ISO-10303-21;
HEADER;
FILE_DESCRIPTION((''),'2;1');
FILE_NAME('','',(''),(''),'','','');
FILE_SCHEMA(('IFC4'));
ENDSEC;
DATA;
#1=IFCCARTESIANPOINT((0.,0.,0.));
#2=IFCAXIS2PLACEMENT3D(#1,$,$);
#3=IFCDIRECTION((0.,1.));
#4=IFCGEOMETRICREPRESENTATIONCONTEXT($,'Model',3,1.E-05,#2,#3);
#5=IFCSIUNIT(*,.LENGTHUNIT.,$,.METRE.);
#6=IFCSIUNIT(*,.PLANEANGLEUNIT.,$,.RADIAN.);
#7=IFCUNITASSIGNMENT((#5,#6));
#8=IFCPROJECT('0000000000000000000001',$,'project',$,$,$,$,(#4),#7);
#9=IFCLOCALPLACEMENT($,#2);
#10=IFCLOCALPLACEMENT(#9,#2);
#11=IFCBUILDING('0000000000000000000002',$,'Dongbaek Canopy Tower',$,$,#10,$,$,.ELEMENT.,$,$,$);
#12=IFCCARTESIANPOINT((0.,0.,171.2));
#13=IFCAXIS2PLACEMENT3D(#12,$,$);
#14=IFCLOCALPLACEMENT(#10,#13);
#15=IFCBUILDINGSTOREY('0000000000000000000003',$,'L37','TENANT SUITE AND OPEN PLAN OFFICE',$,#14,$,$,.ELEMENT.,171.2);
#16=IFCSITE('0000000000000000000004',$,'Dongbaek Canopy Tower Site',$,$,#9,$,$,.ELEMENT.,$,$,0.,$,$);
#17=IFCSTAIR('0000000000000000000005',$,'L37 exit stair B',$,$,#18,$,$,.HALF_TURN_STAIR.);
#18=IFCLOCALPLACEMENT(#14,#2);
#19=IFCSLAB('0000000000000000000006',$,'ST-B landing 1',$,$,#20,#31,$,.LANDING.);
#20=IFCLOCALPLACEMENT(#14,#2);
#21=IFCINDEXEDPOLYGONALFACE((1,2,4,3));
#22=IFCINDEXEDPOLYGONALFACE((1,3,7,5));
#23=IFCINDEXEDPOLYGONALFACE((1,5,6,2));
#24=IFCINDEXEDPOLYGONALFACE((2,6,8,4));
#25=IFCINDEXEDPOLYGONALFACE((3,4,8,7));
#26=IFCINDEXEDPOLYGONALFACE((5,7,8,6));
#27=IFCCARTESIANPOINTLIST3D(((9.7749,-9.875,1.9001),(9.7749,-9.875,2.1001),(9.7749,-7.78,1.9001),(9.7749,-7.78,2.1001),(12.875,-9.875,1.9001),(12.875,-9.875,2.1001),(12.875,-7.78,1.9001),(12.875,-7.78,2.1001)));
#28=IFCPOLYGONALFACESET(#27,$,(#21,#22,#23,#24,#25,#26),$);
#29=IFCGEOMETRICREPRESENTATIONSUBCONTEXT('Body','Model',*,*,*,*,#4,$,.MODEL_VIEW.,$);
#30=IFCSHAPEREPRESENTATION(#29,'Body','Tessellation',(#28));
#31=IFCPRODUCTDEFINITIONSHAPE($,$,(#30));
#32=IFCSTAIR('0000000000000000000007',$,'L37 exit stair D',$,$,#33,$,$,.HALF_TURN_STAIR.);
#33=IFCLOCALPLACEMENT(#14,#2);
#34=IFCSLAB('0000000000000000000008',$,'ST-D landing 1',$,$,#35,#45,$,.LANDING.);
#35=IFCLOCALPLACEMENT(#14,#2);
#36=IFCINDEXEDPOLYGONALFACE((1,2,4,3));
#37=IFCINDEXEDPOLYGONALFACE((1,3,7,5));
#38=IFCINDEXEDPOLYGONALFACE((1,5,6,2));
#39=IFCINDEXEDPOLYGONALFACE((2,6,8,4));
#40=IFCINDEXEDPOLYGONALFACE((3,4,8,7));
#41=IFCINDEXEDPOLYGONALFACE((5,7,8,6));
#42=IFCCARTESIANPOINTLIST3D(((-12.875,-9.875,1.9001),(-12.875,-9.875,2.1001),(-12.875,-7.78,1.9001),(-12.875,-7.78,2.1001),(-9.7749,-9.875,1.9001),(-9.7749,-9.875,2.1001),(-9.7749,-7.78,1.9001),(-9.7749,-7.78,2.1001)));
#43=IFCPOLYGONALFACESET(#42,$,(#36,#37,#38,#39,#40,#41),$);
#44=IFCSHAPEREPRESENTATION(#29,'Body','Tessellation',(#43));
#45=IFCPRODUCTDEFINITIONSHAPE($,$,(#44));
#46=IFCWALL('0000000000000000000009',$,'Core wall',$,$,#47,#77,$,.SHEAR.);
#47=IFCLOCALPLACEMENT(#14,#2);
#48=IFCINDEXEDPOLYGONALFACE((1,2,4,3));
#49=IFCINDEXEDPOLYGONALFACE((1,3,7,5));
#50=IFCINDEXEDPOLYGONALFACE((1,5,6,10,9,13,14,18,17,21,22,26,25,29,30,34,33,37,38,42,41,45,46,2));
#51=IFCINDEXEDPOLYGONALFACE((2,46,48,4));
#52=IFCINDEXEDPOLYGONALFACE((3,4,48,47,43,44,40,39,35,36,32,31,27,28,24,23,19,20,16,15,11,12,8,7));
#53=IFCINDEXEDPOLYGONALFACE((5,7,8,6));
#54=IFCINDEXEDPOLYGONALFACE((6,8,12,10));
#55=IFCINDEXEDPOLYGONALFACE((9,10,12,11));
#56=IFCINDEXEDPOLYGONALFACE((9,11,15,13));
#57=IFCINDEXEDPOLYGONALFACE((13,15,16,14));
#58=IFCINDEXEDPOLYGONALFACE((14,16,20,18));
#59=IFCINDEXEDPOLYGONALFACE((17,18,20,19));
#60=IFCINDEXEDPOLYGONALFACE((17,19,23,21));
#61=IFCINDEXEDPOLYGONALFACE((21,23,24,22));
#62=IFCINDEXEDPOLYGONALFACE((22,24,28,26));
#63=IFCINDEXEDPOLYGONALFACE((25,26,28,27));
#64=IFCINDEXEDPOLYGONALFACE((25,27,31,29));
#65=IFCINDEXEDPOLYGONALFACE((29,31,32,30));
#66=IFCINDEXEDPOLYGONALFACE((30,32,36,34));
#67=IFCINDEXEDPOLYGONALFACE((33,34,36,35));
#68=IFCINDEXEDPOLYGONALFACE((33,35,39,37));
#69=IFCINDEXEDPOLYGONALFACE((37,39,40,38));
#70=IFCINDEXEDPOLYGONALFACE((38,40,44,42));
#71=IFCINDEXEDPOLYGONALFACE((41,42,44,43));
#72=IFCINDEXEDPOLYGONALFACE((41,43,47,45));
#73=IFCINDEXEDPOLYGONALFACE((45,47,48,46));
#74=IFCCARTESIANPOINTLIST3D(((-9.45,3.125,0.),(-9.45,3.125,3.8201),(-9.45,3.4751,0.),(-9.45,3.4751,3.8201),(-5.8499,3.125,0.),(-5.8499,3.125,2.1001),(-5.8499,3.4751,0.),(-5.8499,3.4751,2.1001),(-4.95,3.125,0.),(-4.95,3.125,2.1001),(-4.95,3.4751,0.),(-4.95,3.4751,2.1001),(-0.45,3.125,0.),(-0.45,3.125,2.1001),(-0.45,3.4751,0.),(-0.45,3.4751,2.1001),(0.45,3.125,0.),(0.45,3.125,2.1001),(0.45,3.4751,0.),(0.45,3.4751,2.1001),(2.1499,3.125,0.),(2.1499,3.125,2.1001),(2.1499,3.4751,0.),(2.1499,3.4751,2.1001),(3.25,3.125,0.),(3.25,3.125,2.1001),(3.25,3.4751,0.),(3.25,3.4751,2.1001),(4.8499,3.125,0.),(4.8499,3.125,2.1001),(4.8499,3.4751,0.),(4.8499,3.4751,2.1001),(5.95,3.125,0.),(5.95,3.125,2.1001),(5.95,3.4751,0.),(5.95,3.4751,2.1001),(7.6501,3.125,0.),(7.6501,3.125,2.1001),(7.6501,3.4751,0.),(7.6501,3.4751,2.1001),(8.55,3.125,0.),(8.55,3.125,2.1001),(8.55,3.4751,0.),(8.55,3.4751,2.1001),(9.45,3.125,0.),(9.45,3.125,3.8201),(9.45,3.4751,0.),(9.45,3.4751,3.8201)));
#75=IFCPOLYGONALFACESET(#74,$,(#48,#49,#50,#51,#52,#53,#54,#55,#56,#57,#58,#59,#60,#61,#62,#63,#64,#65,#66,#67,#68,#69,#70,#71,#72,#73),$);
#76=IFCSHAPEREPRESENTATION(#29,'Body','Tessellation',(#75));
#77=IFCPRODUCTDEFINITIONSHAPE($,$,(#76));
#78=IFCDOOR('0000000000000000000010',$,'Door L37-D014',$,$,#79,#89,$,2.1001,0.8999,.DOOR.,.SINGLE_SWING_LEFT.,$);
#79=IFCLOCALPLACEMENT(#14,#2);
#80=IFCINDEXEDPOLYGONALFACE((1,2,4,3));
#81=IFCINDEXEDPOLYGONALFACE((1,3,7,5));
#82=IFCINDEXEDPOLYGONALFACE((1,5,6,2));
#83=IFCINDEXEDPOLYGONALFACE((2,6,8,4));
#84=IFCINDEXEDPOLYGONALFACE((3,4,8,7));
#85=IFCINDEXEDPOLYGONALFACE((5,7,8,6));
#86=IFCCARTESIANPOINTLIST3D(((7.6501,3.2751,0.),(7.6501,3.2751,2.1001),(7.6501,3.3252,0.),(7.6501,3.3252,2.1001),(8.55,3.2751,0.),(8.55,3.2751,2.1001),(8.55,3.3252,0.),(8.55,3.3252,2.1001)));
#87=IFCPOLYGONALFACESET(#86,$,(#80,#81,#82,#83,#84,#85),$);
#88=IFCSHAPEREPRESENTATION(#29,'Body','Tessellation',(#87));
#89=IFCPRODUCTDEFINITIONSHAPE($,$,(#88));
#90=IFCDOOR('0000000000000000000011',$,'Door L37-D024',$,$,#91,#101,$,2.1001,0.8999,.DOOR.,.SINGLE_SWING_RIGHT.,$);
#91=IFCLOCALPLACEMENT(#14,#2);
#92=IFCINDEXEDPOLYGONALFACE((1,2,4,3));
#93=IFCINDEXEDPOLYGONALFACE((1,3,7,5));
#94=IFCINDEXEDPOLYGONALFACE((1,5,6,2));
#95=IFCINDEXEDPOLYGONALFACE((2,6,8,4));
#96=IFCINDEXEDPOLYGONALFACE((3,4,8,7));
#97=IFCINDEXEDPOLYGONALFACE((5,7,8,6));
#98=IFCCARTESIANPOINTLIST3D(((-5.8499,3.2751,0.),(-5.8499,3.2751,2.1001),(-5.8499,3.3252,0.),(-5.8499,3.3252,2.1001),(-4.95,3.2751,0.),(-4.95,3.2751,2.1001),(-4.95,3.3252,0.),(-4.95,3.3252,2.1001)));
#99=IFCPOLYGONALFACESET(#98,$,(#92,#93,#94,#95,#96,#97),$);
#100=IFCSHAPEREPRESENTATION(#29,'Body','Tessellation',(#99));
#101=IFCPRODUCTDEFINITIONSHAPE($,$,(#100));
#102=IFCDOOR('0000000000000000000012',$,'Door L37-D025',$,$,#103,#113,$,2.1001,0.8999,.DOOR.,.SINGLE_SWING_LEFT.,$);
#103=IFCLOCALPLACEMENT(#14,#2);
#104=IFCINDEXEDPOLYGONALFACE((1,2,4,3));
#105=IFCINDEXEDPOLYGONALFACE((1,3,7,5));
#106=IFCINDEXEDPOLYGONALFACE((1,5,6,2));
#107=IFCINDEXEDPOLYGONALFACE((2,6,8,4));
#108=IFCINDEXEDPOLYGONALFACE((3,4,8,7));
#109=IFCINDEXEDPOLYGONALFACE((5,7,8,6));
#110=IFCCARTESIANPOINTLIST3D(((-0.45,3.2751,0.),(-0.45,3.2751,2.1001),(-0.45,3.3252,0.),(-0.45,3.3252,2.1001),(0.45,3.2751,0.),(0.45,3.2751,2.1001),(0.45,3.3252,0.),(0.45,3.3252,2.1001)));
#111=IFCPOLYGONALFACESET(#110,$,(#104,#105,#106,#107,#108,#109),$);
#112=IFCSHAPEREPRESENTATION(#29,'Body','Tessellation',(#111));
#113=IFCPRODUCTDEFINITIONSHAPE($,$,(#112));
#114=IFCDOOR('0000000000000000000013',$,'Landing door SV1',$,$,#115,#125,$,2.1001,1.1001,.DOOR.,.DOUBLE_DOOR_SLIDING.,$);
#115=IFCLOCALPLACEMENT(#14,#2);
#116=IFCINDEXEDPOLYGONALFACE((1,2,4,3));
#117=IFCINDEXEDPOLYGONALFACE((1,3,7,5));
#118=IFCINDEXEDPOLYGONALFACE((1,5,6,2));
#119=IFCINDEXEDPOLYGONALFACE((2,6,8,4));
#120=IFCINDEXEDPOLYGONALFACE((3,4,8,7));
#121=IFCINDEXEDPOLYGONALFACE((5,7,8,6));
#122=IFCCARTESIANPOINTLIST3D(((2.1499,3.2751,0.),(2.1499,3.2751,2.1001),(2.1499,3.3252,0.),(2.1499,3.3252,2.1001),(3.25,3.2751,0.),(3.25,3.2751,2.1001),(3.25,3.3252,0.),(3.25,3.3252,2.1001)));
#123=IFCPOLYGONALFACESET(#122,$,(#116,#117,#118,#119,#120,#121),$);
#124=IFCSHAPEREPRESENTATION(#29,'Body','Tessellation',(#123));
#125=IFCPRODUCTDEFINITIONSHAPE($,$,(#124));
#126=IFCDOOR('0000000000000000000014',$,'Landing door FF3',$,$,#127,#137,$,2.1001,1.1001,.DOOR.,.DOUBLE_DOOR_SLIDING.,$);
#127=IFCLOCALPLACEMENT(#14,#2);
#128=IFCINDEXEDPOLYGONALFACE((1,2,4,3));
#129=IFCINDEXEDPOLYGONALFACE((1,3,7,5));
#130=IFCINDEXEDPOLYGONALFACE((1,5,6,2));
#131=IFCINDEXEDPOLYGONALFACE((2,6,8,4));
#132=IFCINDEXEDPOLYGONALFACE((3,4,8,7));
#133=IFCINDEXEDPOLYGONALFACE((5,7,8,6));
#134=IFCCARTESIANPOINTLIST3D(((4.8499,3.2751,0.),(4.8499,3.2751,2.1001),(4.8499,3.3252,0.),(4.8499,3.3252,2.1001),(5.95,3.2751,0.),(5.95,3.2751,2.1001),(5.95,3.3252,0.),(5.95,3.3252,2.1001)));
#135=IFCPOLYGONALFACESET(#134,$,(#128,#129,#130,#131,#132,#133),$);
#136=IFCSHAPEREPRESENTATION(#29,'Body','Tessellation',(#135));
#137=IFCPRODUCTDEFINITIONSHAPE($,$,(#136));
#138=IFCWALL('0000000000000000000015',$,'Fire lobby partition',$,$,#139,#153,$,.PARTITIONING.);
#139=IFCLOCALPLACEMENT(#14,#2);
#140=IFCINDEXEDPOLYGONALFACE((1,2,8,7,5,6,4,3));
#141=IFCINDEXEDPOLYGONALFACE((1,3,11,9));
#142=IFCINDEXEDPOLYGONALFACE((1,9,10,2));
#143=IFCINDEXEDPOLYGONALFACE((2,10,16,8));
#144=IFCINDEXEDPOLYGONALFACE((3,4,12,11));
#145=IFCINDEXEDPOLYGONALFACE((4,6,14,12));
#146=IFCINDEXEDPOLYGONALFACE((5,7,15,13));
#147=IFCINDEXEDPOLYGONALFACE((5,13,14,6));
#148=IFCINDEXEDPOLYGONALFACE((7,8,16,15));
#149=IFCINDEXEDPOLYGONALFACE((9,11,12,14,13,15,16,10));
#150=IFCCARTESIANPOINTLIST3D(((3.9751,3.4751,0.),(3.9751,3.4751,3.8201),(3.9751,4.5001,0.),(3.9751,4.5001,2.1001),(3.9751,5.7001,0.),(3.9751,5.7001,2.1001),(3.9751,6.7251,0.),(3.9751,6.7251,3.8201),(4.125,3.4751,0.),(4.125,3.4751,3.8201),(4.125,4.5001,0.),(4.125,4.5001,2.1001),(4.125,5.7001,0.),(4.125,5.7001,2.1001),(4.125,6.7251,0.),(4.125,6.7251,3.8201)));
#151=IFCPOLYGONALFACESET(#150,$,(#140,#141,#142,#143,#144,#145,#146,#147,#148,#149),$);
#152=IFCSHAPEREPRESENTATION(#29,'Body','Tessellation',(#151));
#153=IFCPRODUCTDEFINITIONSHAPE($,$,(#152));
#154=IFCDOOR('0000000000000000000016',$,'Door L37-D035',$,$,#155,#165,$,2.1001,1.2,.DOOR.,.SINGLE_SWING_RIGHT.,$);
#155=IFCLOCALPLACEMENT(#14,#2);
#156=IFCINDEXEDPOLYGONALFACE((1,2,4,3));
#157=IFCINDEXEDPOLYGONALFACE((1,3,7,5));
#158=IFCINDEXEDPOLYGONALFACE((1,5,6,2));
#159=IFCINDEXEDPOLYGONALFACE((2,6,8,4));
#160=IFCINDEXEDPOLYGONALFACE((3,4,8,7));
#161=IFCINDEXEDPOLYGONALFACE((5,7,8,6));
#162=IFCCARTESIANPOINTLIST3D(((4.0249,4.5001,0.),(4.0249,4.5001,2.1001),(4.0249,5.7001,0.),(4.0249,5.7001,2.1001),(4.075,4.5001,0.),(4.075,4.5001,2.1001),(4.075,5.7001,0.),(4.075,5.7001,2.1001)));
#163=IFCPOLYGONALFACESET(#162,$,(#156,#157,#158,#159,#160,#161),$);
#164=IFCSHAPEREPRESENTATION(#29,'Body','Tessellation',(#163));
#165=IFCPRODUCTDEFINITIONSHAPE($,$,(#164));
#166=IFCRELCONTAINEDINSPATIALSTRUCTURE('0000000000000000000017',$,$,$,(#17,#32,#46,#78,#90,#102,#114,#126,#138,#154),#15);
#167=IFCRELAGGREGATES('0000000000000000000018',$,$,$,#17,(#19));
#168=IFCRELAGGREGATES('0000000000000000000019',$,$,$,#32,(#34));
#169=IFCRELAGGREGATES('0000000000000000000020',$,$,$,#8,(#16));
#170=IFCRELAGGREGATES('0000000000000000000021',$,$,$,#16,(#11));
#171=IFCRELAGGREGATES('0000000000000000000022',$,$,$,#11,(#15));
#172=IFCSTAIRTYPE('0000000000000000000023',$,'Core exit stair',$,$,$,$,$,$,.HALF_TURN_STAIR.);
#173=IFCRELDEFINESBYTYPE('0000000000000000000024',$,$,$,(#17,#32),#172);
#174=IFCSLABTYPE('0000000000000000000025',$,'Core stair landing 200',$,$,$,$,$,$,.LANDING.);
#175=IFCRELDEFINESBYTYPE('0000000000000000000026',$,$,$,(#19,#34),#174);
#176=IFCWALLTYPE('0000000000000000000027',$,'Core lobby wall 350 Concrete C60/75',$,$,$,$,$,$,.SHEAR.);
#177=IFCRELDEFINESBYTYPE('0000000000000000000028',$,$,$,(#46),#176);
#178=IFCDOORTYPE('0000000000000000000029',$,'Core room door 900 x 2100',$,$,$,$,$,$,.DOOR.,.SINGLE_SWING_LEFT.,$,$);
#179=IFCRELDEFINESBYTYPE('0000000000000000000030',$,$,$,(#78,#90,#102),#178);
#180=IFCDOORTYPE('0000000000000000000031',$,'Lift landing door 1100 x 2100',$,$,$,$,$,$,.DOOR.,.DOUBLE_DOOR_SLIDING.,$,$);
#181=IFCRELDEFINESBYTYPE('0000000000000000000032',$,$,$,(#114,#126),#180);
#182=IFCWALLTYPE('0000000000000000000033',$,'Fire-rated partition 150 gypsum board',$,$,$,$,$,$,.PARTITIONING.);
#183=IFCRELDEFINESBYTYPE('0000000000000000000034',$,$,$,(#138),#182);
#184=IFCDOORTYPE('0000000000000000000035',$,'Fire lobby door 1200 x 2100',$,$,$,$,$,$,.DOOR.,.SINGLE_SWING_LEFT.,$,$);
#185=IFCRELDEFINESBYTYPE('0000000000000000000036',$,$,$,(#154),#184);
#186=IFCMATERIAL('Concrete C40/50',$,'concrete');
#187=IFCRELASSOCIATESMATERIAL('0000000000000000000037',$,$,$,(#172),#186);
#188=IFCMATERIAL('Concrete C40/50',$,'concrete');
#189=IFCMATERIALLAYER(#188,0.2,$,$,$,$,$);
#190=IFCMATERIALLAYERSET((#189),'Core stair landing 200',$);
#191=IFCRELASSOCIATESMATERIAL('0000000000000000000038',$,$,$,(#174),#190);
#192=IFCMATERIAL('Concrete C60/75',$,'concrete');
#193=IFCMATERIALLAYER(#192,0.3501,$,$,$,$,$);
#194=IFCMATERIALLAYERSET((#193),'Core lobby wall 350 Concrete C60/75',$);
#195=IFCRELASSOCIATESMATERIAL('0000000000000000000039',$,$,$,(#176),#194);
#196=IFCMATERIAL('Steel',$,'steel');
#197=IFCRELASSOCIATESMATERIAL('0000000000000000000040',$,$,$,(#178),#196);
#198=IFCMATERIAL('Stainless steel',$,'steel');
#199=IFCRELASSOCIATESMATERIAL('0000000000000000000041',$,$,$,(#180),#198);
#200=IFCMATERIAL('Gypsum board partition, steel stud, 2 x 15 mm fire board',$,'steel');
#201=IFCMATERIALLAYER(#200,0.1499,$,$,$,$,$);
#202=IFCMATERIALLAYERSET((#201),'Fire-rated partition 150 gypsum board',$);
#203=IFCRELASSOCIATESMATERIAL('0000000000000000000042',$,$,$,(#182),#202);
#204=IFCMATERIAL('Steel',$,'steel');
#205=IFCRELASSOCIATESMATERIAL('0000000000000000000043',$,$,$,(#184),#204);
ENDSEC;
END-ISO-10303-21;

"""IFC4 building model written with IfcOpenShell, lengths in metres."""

from ifc_helpers import new_model, si_unit, direction, frame, frame_2d, origin, place, context, subcontext, project, spatial, polyline, rectangle, outline, extrude, material, layer, layer_set, type_object, element, fill, aggregate, save


model = new_model("IFC4")

# Units and contexts
model_context = context("Model", 3, precision=1e-05, world=origin(), true_north=direction((0.0, 1.0)))
body_context = subcontext(model_context, "Body", "Model", "MODEL_VIEW")
ifc_project = project(units=[si_unit("LENGTHUNIT", "METRE"), si_unit("PLANEANGLEUNIT", "RADIAN")], contexts=[model_context])

# Site, building, storey
site_placement = place(None, origin())
site = spatial("IfcSite", under=ifc_project, at=site_placement, Name="Dongbaek Canopy Tower Site", CompositionType="ELEMENT", RefElevation=0.0)
building_placement = place(site_placement, origin())
building = spatial("IfcBuilding", under=site, at=building_placement, Name="Dongbaek Canopy Tower", CompositionType="ELEMENT")
storey_placement = place(building_placement, frame((0.0, 0.0, 171.2)))
storey = spatial("IfcBuildingStorey", under=building, at=storey_placement, Name="L37", Description="TENANT SUITE AND OPEN PLAN OFFICE", CompositionType="ELEMENT", Elevation=171.2)

# Stairs, slabs
ifc_material_1 = material(Name="Concrete C40/50", Category="concrete")
stair_type = type_object("IfcStairType", Name="Core exit stair", PredefinedType="HALF_TURN_STAIR", material=ifc_material_1)
stair_1_placement = place(storey_placement, origin())
stair_1 = element("IfcStair", 1, at=stair_1_placement, inside=storey, type_object=stair_type, Name="L37 exit stair B", PredefinedType="HALF_TURN_STAIR")
ifc_material_2 = material(Name="Concrete C40/50", Category="concrete")
ifc_layer_1 = layer(ifc_material_2, 0.2)
ifc_layer_set_1 = layer_set([ifc_layer_1], Name="Core stair landing 200")
slab_type = type_object("IfcSlabType", Name="Core stair landing 200", PredefinedType="LANDING", material=ifc_layer_set_1)
slab_1_placement = place(storey_placement, frame((0.0, 0.0, 1.9001)))
slab_1 = element("IfcSlab", 2, at=slab_1_placement, type_object=slab_type, Name="ST-B landing 1", PredefinedType="LANDING", context=body_context, shape_type="SweptSolid", body=[
    extrude(outline(polyline([(9.7749, -7.78), (9.7749, -9.875), (12.875, -9.875), (12.875, -7.78), (9.7749, -7.78)])), origin(), (0.0, 0.0, 1.0), 0.2),
])
aggregate(stair_1, [slab_1])
stair_2_placement = place(storey_placement, origin())
stair_2 = element("IfcStair", 3, at=stair_2_placement, inside=storey, type_object=stair_type, Name="L37 exit stair D", PredefinedType="HALF_TURN_STAIR")
slab_2_placement = place(storey_placement, frame((0.0, 0.0, 1.9001)))
slab_2 = element("IfcSlab", 4, at=slab_2_placement, type_object=slab_type, Name="ST-D landing 1", PredefinedType="LANDING", context=body_context, shape_type="SweptSolid", body=[
    extrude(outline(polyline([(-12.875, -7.78), (-12.875, -9.875), (-9.7749, -9.875), (-9.7749, -7.78), (-12.875, -7.78)])), origin(), (0.0, 0.0, 1.0), 0.2),
])
aggregate(stair_2, [slab_2])

# Wall, openings, doors
ifc_material_3 = material(Name="Concrete C60/75", Category="concrete")
ifc_layer_2 = layer(ifc_material_3, 0.3501)
ifc_layer_set_2 = layer_set([ifc_layer_2], Name="Core lobby wall 350 Concrete C60/75")
wall_type_1 = type_object("IfcWallType", Name="Core lobby wall 350 Concrete C60/75", PredefinedType="SHEAR", material=ifc_layer_set_2)
wall_1_placement = place(storey_placement, frame((9.45, 3.3, 0.0), z_axis=(0.0, 0.0, 1.0), x_axis=(-1.0, 0.0, 0.0)))
wall_1 = element("IfcWall", 5, at=wall_1_placement, inside=storey, type_object=wall_type_1, Name="Core wall", PredefinedType="SHEAR", context=body_context, shape_type="SweptSolid", body=[
    extrude(rectangle(XDim=18.8999, YDim=0.3501, at=frame_2d((9.45, 0.0))), origin(), (0.0, 0.0, 1.0), 3.8201),
])
opening_1_placement = place(wall_1_placement, frame((6.2, 0.0, 0.0)))
opening_1 = element("IfcOpeningElement", 6, at=opening_1_placement, cuts=wall_1, PredefinedType="OPENING", context=body_context, shape_type="SweptSolid", body=[
    extrude(rectangle(XDim=1.1001, YDim=2.1001, at=frame_2d((0.55, 1.05))), frame((0.0, 0.1851, 0.0), z_axis=(0.0, -1.0, 0.0), x_axis=(1.0, 0.0, 0.0)), (0.0, 0.0, 1.0), 0.3701),
])
opening_2_placement = place(wall_1_placement, frame((3.5, 0.0, 0.0)))
opening_2 = element("IfcOpeningElement", 7, at=opening_2_placement, cuts=wall_1, PredefinedType="OPENING", context=body_context, shape_type="SweptSolid", body=[
    extrude(rectangle(XDim=1.1001, YDim=2.1001, at=frame_2d((0.55, 1.05))), frame((0.0, 0.1851, 0.0), z_axis=(0.0, -1.0, 0.0), x_axis=(1.0, 0.0, 0.0)), (0.0, 0.0, 1.0), 0.3701),
])
opening_3_placement = place(wall_1_placement, frame((0.8999, 0.0, 0.0)))
opening_3 = element("IfcOpeningElement", 8, at=opening_3_placement, cuts=wall_1, PredefinedType="OPENING", context=body_context, shape_type="SweptSolid", body=[
    extrude(rectangle(XDim=0.8999, YDim=2.1001, at=frame_2d((0.45, 1.05))), frame((0.0, 0.1851, 0.0), z_axis=(0.0, -1.0, 0.0), x_axis=(1.0, 0.0, 0.0)), (0.0, 0.0, 1.0), 0.3701),
])
opening_4_placement = place(wall_1_placement, frame((14.3999, 0.0, 0.0)))
opening_4 = element("IfcOpeningElement", 9, at=opening_4_placement, cuts=wall_1, PredefinedType="OPENING", context=body_context, shape_type="SweptSolid", body=[
    extrude(rectangle(XDim=0.8999, YDim=2.1001, at=frame_2d((0.45, 1.05))), frame((0.0, 0.1851, 0.0), z_axis=(0.0, -1.0, 0.0), x_axis=(1.0, 0.0, 0.0)), (0.0, 0.0, 1.0), 0.3701),
])
opening_5_placement = place(wall_1_placement, frame((9.0, 0.0, 0.0)))
opening_5 = element("IfcOpeningElement", 10, at=opening_5_placement, cuts=wall_1, PredefinedType="OPENING", context=body_context, shape_type="SweptSolid", body=[
    extrude(rectangle(XDim=0.8999, YDim=2.1001, at=frame_2d((0.45, 1.05))), frame((0.0, 0.1851, 0.0), z_axis=(0.0, -1.0, 0.0), x_axis=(1.0, 0.0, 0.0)), (0.0, 0.0, 1.0), 0.3701),
])
ifc_material_4 = material(Name="Steel", Category="steel")
door_type_1 = type_object("IfcDoorType", Name="Core room door 900 x 2100", OperationType="SINGLE_SWING_LEFT", PredefinedType="DOOR", material=ifc_material_4)
door_1_placement = place(opening_3_placement, origin())
door_1 = element("IfcDoor", 11, at=door_1_placement, inside=storey, type_object=door_type_1, Name="Door L37-D014", OperationType="SINGLE_SWING_LEFT", OverallHeight=2.1001, OverallWidth=0.8999, PredefinedType="DOOR", context=body_context, shape_type="SweptSolid", body=[
    extrude(rectangle(XDim=0.8999, YDim=2.1001, at=frame_2d((0.45, 1.05))), frame((0.0, 0.0249, 0.0), z_axis=(0.0, -1.0, 0.0), x_axis=(1.0, 0.0, 0.0)), (0.0, 0.0, 1.0), 0.05),
])
fill(opening_3, door_1)
door_2_placement = place(opening_4_placement, origin())
door_2 = element("IfcDoor", 12, at=door_2_placement, inside=storey, type_object=door_type_1, Name="Door L37-D024", OperationType="SINGLE_SWING_RIGHT", OverallHeight=2.1001, OverallWidth=0.8999, PredefinedType="DOOR", context=body_context, shape_type="SweptSolid", body=[
    extrude(rectangle(XDim=0.8999, YDim=2.1001, at=frame_2d((0.45, 1.05))), frame((0.0, 0.0249, 0.0), z_axis=(0.0, -1.0, 0.0), x_axis=(1.0, 0.0, 0.0)), (0.0, 0.0, 1.0), 0.05),
])
fill(opening_4, door_2)
door_3_placement = place(opening_5_placement, origin())
door_3 = element("IfcDoor", 13, at=door_3_placement, inside=storey, type_object=door_type_1, Name="Door L37-D025", OperationType="SINGLE_SWING_LEFT", OverallHeight=2.1001, OverallWidth=0.8999, PredefinedType="DOOR", context=body_context, shape_type="SweptSolid", body=[
    extrude(rectangle(XDim=0.8999, YDim=2.1001, at=frame_2d((0.45, 1.05))), frame((0.0, 0.0249, 0.0), z_axis=(0.0, -1.0, 0.0), x_axis=(1.0, 0.0, 0.0)), (0.0, 0.0, 1.0), 0.05),
])
fill(opening_5, door_3)
ifc_material_5 = material(Name="Stainless steel", Category="steel")
door_type_2 = type_object("IfcDoorType", Name="Lift landing door 1100 x 2100", OperationType="DOUBLE_DOOR_SLIDING", PredefinedType="DOOR", material=ifc_material_5)
door_4_placement = place(opening_1_placement, origin())
door_4 = element("IfcDoor", 14, at=door_4_placement, inside=storey, type_object=door_type_2, Name="Landing door SV1", OperationType="DOUBLE_DOOR_SLIDING", OverallHeight=2.1001, OverallWidth=1.1001, PredefinedType="DOOR", context=body_context, shape_type="SweptSolid", body=[
    extrude(rectangle(XDim=1.1001, YDim=2.1001, at=frame_2d((0.55, 1.05))), frame((0.0, 0.0249, 0.0), z_axis=(0.0, -1.0, 0.0), x_axis=(1.0, 0.0, 0.0)), (0.0, 0.0, 1.0), 0.05),
])
fill(opening_1, door_4)
door_5_placement = place(opening_2_placement, origin())
door_5 = element("IfcDoor", 15, at=door_5_placement, inside=storey, type_object=door_type_2, Name="Landing door FF3", OperationType="DOUBLE_DOOR_SLIDING", OverallHeight=2.1001, OverallWidth=1.1001, PredefinedType="DOOR", context=body_context, shape_type="SweptSolid", body=[
    extrude(rectangle(XDim=1.1001, YDim=2.1001, at=frame_2d((0.55, 1.05))), frame((0.0, 0.0249, 0.0), z_axis=(0.0, -1.0, 0.0), x_axis=(1.0, 0.0, 0.0)), (0.0, 0.0, 1.0), 0.05),
])
fill(opening_2, door_5)

# Wall, opening, door
ifc_material_6 = material(Name="Gypsum board partition, steel stud, 2 x 15 mm fire board", Category="steel")
ifc_layer_3 = layer(ifc_material_6, 0.1499)
ifc_layer_set_3 = layer_set([ifc_layer_3], Name="Fire-rated partition 150 gypsum board")
wall_type_2 = type_object("IfcWallType", Name="Fire-rated partition 150 gypsum board", PredefinedType="PARTITIONING", material=ifc_layer_set_3)
wall_2_placement = place(storey_placement, frame((4.05, 6.7251, 0.0), z_axis=(0.0, 0.0, 1.0), x_axis=(0.0, -1.0, 0.0)))
wall_2 = element("IfcWall", 16, at=wall_2_placement, inside=storey, type_object=wall_type_2, Name="Fire lobby partition", PredefinedType="PARTITIONING", context=body_context, shape_type="SweptSolid", body=[
    extrude(rectangle(XDim=3.25, YDim=0.1499, at=frame_2d((1.625, 0.0))), origin(), (0.0, 0.0, 1.0), 3.8201),
])
opening_6_placement = place(wall_2_placement, frame((1.0249, 0.0, 0.0)))
opening_6 = element("IfcOpeningElement", 17, at=opening_6_placement, cuts=wall_2, PredefinedType="OPENING", context=body_context, shape_type="SweptSolid", body=[
    extrude(rectangle(XDim=1.2, YDim=2.1001, at=frame_2d((0.6001, 1.05))), frame((0.0, 0.085, 0.0), z_axis=(0.0, -1.0, 0.0), x_axis=(1.0, 0.0, 0.0)), (0.0, 0.0, 1.0), 0.1699),
])
ifc_material_7 = material(Name="Steel", Category="steel")
door_type_3 = type_object("IfcDoorType", Name="Fire lobby door 1200 x 2100", OperationType="SINGLE_SWING_LEFT", PredefinedType="DOOR", material=ifc_material_7)
door_6_placement = place(opening_6_placement, origin())
door_6 = element("IfcDoor", 18, at=door_6_placement, inside=storey, type_object=door_type_3, Name="Door L37-D035", OperationType="SINGLE_SWING_RIGHT", OverallHeight=2.1001, OverallWidth=1.2, PredefinedType="DOOR", context=body_context, shape_type="SweptSolid", body=[
    extrude(rectangle(XDim=1.2, YDim=2.1001, at=frame_2d((0.6001, 1.05))), frame((0.0, 0.0249, 0.0), z_axis=(0.0, -1.0, 0.0), x_axis=(1.0, 0.0, 0.0)), (0.0, 0.0, 1.0), 0.05),
])
fill(opening_6, door_6)

save(model, "model.ifc")
